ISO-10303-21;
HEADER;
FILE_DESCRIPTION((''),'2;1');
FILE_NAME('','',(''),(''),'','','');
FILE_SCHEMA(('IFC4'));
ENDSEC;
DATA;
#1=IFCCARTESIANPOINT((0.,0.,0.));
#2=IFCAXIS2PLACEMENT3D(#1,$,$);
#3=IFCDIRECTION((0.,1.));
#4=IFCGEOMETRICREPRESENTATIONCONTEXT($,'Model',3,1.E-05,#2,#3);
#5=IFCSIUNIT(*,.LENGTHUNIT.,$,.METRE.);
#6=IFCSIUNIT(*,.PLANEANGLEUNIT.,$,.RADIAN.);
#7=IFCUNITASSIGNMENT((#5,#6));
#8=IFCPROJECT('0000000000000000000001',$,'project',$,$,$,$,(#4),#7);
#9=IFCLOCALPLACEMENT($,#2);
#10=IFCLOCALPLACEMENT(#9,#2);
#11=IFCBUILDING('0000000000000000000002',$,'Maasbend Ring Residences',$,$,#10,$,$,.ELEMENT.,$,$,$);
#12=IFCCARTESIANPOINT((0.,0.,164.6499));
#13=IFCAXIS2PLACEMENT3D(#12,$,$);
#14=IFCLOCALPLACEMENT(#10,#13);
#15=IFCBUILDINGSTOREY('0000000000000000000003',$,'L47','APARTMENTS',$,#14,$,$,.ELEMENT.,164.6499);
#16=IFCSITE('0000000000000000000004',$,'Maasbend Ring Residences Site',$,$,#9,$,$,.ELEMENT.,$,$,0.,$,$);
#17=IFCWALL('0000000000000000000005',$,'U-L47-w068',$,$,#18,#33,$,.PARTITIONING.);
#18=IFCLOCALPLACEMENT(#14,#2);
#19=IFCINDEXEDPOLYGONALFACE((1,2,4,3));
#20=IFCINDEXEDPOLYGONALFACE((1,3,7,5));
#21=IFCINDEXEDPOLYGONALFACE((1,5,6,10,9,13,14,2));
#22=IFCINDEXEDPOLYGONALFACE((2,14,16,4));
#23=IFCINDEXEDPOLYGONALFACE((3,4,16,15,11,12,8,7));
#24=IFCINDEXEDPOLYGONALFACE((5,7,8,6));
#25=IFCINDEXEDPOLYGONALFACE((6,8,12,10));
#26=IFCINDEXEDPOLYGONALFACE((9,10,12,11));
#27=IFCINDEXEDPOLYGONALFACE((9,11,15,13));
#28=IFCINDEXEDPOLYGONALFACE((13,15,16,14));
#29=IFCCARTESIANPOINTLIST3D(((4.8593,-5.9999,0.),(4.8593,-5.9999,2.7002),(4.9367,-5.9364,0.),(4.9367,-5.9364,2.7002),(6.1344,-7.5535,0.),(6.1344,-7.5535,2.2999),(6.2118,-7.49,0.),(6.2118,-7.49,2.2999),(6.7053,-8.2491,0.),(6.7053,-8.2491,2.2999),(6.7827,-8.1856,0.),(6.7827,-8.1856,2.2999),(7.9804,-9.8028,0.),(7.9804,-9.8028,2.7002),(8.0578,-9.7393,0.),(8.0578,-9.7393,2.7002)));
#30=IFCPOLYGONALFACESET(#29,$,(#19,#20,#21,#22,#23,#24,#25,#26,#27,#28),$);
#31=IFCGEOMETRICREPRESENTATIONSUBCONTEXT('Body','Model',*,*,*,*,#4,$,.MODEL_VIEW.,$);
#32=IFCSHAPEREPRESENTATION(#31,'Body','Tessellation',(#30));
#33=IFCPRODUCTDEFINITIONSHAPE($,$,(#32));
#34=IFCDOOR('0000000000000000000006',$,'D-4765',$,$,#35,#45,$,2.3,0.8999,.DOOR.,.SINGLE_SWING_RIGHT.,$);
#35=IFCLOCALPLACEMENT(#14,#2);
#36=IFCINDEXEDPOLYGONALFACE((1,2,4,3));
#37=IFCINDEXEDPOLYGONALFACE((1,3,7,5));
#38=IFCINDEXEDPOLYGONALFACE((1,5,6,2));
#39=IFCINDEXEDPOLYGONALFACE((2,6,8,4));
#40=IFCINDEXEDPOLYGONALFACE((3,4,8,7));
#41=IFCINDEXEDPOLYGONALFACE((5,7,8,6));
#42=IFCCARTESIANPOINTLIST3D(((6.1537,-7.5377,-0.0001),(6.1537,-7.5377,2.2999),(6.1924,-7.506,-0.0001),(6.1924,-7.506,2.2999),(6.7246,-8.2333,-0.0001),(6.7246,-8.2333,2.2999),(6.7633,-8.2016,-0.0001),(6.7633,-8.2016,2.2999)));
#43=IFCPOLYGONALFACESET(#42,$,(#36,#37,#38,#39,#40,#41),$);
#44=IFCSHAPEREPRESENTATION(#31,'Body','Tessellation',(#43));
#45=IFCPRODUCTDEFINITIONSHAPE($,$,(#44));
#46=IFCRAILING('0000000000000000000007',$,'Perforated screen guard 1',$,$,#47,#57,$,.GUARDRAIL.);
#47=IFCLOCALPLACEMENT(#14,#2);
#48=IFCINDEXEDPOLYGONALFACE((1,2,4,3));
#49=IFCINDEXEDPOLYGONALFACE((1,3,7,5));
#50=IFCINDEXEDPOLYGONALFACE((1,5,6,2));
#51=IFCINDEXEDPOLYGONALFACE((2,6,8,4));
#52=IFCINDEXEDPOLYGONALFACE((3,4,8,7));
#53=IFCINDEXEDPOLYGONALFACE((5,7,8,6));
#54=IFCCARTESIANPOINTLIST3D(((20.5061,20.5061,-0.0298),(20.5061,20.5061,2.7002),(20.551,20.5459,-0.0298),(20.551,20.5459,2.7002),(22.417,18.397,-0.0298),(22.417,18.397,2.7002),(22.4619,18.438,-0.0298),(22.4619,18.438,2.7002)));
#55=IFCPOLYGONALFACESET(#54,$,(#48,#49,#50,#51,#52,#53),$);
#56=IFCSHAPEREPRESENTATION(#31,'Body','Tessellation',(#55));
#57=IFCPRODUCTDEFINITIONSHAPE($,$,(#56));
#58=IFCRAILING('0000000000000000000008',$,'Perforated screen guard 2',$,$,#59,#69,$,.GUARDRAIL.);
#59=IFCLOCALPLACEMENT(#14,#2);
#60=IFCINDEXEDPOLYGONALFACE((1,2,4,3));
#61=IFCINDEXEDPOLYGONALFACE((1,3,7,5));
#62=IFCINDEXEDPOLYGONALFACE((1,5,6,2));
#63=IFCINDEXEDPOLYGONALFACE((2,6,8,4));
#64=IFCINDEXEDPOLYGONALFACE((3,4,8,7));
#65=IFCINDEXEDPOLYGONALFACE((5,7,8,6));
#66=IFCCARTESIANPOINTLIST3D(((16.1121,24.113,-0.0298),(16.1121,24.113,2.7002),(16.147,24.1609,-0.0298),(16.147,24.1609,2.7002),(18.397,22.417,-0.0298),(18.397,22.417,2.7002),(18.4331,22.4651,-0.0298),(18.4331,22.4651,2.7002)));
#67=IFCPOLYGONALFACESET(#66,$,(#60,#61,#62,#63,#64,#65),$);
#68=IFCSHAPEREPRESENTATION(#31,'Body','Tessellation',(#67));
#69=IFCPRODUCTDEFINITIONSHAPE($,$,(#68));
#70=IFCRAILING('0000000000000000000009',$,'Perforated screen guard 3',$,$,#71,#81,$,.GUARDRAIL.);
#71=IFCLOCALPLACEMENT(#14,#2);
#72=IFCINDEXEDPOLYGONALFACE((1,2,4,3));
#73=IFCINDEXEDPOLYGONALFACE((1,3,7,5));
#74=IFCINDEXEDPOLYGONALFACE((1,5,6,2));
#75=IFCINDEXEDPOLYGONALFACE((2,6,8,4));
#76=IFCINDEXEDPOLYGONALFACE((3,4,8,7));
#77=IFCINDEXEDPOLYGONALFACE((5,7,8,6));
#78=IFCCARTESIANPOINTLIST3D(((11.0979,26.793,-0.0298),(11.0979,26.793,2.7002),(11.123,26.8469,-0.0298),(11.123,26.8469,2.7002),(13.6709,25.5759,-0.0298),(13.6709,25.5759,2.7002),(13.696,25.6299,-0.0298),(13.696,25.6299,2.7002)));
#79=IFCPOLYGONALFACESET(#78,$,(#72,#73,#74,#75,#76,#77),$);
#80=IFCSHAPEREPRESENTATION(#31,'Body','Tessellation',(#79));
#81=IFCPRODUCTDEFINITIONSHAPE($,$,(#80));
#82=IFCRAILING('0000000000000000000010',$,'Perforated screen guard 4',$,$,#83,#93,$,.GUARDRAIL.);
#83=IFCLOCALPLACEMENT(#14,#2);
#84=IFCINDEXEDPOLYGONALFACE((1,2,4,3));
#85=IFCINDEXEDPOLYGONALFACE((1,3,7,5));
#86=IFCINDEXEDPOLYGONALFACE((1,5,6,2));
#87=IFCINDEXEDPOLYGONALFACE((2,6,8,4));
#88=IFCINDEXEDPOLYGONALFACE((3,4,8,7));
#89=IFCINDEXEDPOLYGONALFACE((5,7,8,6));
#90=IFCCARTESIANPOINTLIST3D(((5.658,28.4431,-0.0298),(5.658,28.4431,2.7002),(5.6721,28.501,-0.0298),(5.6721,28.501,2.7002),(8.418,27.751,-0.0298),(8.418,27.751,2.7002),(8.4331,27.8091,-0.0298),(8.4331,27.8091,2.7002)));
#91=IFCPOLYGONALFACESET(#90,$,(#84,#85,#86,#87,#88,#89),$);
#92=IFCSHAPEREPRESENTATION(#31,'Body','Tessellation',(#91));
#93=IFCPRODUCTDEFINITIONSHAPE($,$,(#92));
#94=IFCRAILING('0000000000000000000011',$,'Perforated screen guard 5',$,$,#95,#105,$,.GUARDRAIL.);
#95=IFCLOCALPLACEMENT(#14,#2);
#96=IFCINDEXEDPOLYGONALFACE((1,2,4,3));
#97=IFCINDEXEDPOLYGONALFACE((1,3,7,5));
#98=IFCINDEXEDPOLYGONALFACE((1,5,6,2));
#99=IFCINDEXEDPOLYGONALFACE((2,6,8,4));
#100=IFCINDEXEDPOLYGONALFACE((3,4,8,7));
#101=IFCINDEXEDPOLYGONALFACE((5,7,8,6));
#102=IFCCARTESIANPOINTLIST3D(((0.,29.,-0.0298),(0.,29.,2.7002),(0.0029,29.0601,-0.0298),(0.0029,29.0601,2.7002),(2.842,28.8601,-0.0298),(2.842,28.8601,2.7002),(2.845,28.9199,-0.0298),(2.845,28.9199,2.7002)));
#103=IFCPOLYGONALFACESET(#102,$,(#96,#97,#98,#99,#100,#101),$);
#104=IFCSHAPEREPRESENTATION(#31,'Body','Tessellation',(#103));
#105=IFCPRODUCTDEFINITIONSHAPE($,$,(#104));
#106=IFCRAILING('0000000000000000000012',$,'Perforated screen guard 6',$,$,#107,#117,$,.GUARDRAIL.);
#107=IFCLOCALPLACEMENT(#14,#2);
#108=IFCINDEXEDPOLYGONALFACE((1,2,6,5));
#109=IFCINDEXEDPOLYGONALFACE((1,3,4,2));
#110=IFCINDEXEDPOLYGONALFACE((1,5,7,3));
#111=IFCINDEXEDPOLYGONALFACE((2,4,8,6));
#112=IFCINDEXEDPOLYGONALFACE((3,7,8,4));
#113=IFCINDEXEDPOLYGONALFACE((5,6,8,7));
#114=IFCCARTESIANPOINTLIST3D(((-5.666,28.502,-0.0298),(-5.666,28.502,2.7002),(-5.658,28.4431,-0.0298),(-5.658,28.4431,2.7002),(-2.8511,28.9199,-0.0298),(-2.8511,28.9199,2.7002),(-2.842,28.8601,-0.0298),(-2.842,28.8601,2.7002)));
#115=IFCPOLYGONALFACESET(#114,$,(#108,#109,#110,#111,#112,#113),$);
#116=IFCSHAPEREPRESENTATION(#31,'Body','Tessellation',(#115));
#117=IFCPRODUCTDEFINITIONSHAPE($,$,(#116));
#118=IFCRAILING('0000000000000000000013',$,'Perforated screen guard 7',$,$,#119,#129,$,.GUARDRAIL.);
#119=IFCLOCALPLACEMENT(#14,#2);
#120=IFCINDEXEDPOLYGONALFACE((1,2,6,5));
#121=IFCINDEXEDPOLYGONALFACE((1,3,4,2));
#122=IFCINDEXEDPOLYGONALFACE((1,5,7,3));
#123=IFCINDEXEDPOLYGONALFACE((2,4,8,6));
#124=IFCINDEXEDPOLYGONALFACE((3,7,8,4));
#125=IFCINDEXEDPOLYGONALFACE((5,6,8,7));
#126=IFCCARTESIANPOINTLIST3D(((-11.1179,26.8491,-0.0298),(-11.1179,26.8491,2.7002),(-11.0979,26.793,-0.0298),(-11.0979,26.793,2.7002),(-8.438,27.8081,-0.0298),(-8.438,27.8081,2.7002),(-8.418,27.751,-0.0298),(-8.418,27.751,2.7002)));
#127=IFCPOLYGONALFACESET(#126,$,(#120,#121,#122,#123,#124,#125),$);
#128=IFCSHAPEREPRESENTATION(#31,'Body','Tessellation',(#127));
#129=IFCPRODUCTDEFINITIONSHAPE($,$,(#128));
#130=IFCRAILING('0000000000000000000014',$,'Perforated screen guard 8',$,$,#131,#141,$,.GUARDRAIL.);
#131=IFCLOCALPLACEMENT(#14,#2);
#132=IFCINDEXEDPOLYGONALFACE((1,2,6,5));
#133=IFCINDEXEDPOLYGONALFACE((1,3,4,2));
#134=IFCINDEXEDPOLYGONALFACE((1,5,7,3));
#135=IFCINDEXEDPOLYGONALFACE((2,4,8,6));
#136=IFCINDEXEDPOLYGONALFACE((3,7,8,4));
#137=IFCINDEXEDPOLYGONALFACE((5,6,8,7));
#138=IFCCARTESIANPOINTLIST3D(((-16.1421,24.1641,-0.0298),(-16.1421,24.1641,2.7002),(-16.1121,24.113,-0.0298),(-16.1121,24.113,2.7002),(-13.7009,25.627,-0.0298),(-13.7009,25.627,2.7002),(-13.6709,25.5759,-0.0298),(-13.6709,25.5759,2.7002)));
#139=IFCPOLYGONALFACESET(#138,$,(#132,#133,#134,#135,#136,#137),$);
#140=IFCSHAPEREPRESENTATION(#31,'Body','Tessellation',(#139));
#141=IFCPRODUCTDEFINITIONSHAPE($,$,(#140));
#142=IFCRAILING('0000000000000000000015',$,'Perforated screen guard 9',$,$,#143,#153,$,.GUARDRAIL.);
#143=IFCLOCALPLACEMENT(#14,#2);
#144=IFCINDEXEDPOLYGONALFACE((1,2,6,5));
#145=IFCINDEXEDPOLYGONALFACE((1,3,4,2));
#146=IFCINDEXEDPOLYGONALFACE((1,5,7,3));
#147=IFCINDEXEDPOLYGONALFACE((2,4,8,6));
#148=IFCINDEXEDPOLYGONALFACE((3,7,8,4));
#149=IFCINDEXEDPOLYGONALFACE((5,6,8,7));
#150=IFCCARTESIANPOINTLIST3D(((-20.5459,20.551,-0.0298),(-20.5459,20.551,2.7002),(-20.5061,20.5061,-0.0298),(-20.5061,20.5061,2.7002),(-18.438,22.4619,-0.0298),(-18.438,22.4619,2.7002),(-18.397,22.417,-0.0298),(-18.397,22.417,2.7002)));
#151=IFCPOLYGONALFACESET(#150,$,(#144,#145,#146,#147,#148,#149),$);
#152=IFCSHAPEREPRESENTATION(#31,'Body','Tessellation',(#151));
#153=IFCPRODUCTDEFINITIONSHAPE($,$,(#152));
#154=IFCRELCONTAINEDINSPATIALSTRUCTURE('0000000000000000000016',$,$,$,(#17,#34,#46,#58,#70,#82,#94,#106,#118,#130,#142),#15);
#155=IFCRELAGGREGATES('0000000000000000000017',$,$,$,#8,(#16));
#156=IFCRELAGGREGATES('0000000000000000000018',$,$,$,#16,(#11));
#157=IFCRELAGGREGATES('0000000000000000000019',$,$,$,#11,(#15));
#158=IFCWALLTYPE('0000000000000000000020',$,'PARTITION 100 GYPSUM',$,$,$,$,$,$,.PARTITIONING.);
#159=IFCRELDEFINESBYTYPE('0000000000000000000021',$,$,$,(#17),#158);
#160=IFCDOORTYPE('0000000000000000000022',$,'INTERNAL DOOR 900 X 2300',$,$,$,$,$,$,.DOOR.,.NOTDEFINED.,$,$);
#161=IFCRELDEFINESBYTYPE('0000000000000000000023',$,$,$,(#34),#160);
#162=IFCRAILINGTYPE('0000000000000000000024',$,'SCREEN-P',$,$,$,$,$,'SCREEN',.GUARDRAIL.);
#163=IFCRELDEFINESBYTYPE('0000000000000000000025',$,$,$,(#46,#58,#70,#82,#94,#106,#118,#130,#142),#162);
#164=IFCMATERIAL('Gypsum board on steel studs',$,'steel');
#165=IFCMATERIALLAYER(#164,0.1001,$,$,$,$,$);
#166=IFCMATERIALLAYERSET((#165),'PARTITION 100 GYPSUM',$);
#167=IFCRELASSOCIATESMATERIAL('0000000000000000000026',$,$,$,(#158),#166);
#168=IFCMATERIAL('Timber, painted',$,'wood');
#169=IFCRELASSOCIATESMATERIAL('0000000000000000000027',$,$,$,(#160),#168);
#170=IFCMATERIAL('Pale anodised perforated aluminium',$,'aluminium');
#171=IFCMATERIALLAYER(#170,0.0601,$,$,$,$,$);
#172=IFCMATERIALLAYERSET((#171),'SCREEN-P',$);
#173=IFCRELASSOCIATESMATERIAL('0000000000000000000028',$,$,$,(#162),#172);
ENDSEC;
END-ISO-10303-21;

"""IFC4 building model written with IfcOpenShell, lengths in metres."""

from ifc_helpers import new_model, si_unit, direction, frame, frame_2d, origin, place, context, subcontext, project, spatial, polyline, rectangle, outline, extrude, material, layer, layer_set, type_object, element, fill, save


model = new_model("IFC4")

# Units and contexts
model_context = context("Model", 3, precision=1e-05, world=origin(), true_north=direction((0.0, 1.0)))
body_context = subcontext(model_context, "Body", "Model", "MODEL_VIEW")
ifc_project = project(units=[si_unit("LENGTHUNIT", "METRE"), si_unit("PLANEANGLEUNIT", "RADIAN")], contexts=[model_context])

# Site, building, storey
site_placement = place(None, origin())
site = spatial("IfcSite", under=ifc_project, at=site_placement, Name="Maasbend Ring Residences Site", CompositionType="ELEMENT", RefElevation=0.0)
building_placement = place(site_placement, origin())
building = spatial("IfcBuilding", under=site, at=building_placement, Name="Maasbend Ring Residences", CompositionType="ELEMENT")
storey_placement = place(building_placement, frame((0.0, 0.0, 164.6499)))
storey = spatial("IfcBuildingStorey", under=building, at=storey_placement, Name="L47", Description="APARTMENTS", CompositionType="ELEMENT", Elevation=164.6499)

# Wall, opening, door
ifc_material_1 = material(Name="Gypsum board on steel studs", Category="steel")
ifc_layer_1 = layer(ifc_material_1, 0.1001)
ifc_layer_set_1 = layer_set([ifc_layer_1], Name="PARTITION 100 GYPSUM")
wall_type = type_object("IfcWallType", Name="PARTITION 100 GYPSUM", PredefinedType="PARTITIONING", material=ifc_layer_set_1)
wall_placement = place(storey_placement, frame((4.8979, -5.968, 0.0), z_axis=(0.0, 0.0, 1.0), x_axis=(0.634402, -0.773003, 0.0)))
wall = element("IfcWall", 1, at=wall_placement, inside=storey, type_object=wall_type, Name="U-L47-w068", PredefinedType="PARTITIONING", context=body_context, shape_type="SweptSolid", body=[
    extrude(rectangle(XDim=4.9197, YDim=0.1001, at=frame_2d((2.46, 0.0))), origin(), (0.0, 0.0, 1.0), 2.7002),
])
opening_placement = place(wall_placement, frame((2.01, 0.0, 0.0)))
opening = element("IfcOpeningElement", 2, at=opening_placement, cuts=wall, PredefinedType="OPENING", context=body_context, shape_type="SweptSolid", body=[
    extrude(rectangle(XDim=0.8999, YDim=2.3, at=frame_2d((0.45, 1.1499))), frame((0.0, 0.0601, 0.0), z_axis=(0.0, -1.0, 0.0), x_axis=(1.0, 0.0, 0.0)), (0.0, 0.0, 1.0), 0.1201),
])
ifc_material_2 = material(Name="Timber, painted", Category="wood")
door_type = type_object("IfcDoorType", Name="INTERNAL DOOR 900 X 2300", OperationType="NOTDEFINED", PredefinedType="DOOR", material=ifc_material_2)
door_placement = place(opening_placement, origin())
door = element("IfcDoor", 3, at=door_placement, inside=storey, type_object=door_type, Name="D-4765", OperationType="SINGLE_SWING_RIGHT", OverallHeight=2.3, OverallWidth=0.8999, PredefinedType="DOOR", context=body_context, shape_type="SweptSolid", body=[
    extrude(rectangle(XDim=0.8999, YDim=2.3, at=frame_2d((0.45, 1.1499))), frame((0.0, 0.0249, 0.0), z_axis=(0.0, -1.0, 0.0), x_axis=(1.0, 0.0, 0.0)), (0.0, 0.0, 1.0), 0.05),
])
fill(opening, door)

# Railings
ifc_material_3 = material(Name="Pale anodised perforated aluminium", Category="aluminium")
ifc_layer_2 = layer(ifc_material_3, 0.0601)
ifc_layer_set_2 = layer_set([ifc_layer_2], Name="SCREEN-P")
railing_type = type_object("IfcRailingType", Name="SCREEN-P", ElementType="SCREEN", PredefinedType="GUARDRAIL", material=ifc_layer_set_2)
railing_1_placement = place(storey_placement, frame((0.0, 0.0, -0.0298)))
element("IfcRailing", 4, at=railing_1_placement, inside=storey, type_object=railing_type, Name="Perforated screen guard 1", PredefinedType="GUARDRAIL", context=body_context, shape_type="SweptSolid", body=[
    extrude(outline(polyline([(22.417, 18.397), (20.5061, 20.5061), (20.551, 20.5459), (22.4619, 18.438), (22.417, 18.397)])), origin(), (0.0, 0.0, 1.0), 2.73),
])
railing_2_placement = place(storey_placement, frame((0.0, 0.0, -0.0298)))
element("IfcRailing", 5, at=railing_2_placement, inside=storey, type_object=railing_type, Name="Perforated screen guard 2", PredefinedType="GUARDRAIL", context=body_context, shape_type="SweptSolid", body=[
    extrude(outline(polyline([(18.397, 22.417), (16.1121, 24.113), (16.147, 24.1609), (18.4331, 22.4651), (18.397, 22.417)])), origin(), (0.0, 0.0, 1.0), 2.73),
])
railing_3_placement = place(storey_placement, frame((0.0, 0.0, -0.0298)))
element("IfcRailing", 6, at=railing_3_placement, inside=storey, type_object=railing_type, Name="Perforated screen guard 3", PredefinedType="GUARDRAIL", context=body_context, shape_type="SweptSolid", body=[
    extrude(outline(polyline([(13.6709, 25.5759), (11.0979, 26.793), (11.123, 26.8469), (13.696, 25.6299), (13.6709, 25.5759)])), origin(), (0.0, 0.0, 1.0), 2.73),
])
railing_4_placement = place(storey_placement, frame((0.0, 0.0, -0.0298)))
element("IfcRailing", 7, at=railing_4_placement, inside=storey, type_object=railing_type, Name="Perforated screen guard 4", PredefinedType="GUARDRAIL", context=body_context, shape_type="SweptSolid", body=[
    extrude(outline(polyline([(8.418, 27.751), (5.658, 28.4431), (5.6721, 28.501), (8.4331, 27.8091), (8.418, 27.751)])), origin(), (0.0, 0.0, 1.0), 2.73),
])
railing_5_placement = place(storey_placement, frame((0.0, 0.0, -0.0298)))
element("IfcRailing", 8, at=railing_5_placement, inside=storey, type_object=railing_type, Name="Perforated screen guard 5", PredefinedType="GUARDRAIL", context=body_context, shape_type="SweptSolid", body=[
    extrude(outline(polyline([(2.842, 28.8601), (0.0, 29.0), (0.0029, 29.0601), (2.845, 28.9199), (2.842, 28.8601)])), origin(), (0.0, 0.0, 1.0), 2.73),
])
railing_6_placement = place(storey_placement, frame((0.0, 0.0, -0.0298)))
element("IfcRailing", 9, at=railing_6_placement, inside=storey, type_object=railing_type, Name="Perforated screen guard 6", PredefinedType="GUARDRAIL", context=body_context, shape_type="SweptSolid", body=[
    extrude(outline(polyline([(-2.842, 28.8601), (-5.658, 28.4431), (-5.666, 28.502), (-2.8511, 28.9199), (-2.842, 28.8601)])), origin(), (0.0, 0.0, 1.0), 2.73),
])
railing_7_placement = place(storey_placement, frame((0.0, 0.0, -0.0298)))
element("IfcRailing", 10, at=railing_7_placement, inside=storey, type_object=railing_type, Name="Perforated screen guard 7", PredefinedType="GUARDRAIL", context=body_context, shape_type="SweptSolid", body=[
    extrude(outline(polyline([(-8.418, 27.751), (-11.0979, 26.793), (-11.1179, 26.8491), (-8.438, 27.8081), (-8.418, 27.751)])), origin(), (0.0, 0.0, 1.0), 2.73),
])
railing_8_placement = place(storey_placement, frame((0.0, 0.0, -0.0298)))
element("IfcRailing", 11, at=railing_8_placement, inside=storey, type_object=railing_type, Name="Perforated screen guard 8", PredefinedType="GUARDRAIL", context=body_context, shape_type="SweptSolid", body=[
    extrude(outline(polyline([(-13.6709, 25.5759), (-16.1121, 24.113), (-16.1421, 24.1641), (-13.7009, 25.627), (-13.6709, 25.5759)])), origin(), (0.0, 0.0, 1.0), 2.73),
])
railing_9_placement = place(storey_placement, frame((0.0, 0.0, -0.0298)))
element("IfcRailing", 12, at=railing_9_placement, inside=storey, type_object=railing_type, Name="Perforated screen guard 9", PredefinedType="GUARDRAIL", context=body_context, shape_type="SweptSolid", body=[
    extrude(outline(polyline([(-18.397, 22.417), (-20.5061, 20.5061), (-20.5459, 20.551), (-18.438, 22.4619), (-18.397, 22.417)])), origin(), (0.0, 0.0, 1.0), 2.73),
])

save(model, "model.ifc")
